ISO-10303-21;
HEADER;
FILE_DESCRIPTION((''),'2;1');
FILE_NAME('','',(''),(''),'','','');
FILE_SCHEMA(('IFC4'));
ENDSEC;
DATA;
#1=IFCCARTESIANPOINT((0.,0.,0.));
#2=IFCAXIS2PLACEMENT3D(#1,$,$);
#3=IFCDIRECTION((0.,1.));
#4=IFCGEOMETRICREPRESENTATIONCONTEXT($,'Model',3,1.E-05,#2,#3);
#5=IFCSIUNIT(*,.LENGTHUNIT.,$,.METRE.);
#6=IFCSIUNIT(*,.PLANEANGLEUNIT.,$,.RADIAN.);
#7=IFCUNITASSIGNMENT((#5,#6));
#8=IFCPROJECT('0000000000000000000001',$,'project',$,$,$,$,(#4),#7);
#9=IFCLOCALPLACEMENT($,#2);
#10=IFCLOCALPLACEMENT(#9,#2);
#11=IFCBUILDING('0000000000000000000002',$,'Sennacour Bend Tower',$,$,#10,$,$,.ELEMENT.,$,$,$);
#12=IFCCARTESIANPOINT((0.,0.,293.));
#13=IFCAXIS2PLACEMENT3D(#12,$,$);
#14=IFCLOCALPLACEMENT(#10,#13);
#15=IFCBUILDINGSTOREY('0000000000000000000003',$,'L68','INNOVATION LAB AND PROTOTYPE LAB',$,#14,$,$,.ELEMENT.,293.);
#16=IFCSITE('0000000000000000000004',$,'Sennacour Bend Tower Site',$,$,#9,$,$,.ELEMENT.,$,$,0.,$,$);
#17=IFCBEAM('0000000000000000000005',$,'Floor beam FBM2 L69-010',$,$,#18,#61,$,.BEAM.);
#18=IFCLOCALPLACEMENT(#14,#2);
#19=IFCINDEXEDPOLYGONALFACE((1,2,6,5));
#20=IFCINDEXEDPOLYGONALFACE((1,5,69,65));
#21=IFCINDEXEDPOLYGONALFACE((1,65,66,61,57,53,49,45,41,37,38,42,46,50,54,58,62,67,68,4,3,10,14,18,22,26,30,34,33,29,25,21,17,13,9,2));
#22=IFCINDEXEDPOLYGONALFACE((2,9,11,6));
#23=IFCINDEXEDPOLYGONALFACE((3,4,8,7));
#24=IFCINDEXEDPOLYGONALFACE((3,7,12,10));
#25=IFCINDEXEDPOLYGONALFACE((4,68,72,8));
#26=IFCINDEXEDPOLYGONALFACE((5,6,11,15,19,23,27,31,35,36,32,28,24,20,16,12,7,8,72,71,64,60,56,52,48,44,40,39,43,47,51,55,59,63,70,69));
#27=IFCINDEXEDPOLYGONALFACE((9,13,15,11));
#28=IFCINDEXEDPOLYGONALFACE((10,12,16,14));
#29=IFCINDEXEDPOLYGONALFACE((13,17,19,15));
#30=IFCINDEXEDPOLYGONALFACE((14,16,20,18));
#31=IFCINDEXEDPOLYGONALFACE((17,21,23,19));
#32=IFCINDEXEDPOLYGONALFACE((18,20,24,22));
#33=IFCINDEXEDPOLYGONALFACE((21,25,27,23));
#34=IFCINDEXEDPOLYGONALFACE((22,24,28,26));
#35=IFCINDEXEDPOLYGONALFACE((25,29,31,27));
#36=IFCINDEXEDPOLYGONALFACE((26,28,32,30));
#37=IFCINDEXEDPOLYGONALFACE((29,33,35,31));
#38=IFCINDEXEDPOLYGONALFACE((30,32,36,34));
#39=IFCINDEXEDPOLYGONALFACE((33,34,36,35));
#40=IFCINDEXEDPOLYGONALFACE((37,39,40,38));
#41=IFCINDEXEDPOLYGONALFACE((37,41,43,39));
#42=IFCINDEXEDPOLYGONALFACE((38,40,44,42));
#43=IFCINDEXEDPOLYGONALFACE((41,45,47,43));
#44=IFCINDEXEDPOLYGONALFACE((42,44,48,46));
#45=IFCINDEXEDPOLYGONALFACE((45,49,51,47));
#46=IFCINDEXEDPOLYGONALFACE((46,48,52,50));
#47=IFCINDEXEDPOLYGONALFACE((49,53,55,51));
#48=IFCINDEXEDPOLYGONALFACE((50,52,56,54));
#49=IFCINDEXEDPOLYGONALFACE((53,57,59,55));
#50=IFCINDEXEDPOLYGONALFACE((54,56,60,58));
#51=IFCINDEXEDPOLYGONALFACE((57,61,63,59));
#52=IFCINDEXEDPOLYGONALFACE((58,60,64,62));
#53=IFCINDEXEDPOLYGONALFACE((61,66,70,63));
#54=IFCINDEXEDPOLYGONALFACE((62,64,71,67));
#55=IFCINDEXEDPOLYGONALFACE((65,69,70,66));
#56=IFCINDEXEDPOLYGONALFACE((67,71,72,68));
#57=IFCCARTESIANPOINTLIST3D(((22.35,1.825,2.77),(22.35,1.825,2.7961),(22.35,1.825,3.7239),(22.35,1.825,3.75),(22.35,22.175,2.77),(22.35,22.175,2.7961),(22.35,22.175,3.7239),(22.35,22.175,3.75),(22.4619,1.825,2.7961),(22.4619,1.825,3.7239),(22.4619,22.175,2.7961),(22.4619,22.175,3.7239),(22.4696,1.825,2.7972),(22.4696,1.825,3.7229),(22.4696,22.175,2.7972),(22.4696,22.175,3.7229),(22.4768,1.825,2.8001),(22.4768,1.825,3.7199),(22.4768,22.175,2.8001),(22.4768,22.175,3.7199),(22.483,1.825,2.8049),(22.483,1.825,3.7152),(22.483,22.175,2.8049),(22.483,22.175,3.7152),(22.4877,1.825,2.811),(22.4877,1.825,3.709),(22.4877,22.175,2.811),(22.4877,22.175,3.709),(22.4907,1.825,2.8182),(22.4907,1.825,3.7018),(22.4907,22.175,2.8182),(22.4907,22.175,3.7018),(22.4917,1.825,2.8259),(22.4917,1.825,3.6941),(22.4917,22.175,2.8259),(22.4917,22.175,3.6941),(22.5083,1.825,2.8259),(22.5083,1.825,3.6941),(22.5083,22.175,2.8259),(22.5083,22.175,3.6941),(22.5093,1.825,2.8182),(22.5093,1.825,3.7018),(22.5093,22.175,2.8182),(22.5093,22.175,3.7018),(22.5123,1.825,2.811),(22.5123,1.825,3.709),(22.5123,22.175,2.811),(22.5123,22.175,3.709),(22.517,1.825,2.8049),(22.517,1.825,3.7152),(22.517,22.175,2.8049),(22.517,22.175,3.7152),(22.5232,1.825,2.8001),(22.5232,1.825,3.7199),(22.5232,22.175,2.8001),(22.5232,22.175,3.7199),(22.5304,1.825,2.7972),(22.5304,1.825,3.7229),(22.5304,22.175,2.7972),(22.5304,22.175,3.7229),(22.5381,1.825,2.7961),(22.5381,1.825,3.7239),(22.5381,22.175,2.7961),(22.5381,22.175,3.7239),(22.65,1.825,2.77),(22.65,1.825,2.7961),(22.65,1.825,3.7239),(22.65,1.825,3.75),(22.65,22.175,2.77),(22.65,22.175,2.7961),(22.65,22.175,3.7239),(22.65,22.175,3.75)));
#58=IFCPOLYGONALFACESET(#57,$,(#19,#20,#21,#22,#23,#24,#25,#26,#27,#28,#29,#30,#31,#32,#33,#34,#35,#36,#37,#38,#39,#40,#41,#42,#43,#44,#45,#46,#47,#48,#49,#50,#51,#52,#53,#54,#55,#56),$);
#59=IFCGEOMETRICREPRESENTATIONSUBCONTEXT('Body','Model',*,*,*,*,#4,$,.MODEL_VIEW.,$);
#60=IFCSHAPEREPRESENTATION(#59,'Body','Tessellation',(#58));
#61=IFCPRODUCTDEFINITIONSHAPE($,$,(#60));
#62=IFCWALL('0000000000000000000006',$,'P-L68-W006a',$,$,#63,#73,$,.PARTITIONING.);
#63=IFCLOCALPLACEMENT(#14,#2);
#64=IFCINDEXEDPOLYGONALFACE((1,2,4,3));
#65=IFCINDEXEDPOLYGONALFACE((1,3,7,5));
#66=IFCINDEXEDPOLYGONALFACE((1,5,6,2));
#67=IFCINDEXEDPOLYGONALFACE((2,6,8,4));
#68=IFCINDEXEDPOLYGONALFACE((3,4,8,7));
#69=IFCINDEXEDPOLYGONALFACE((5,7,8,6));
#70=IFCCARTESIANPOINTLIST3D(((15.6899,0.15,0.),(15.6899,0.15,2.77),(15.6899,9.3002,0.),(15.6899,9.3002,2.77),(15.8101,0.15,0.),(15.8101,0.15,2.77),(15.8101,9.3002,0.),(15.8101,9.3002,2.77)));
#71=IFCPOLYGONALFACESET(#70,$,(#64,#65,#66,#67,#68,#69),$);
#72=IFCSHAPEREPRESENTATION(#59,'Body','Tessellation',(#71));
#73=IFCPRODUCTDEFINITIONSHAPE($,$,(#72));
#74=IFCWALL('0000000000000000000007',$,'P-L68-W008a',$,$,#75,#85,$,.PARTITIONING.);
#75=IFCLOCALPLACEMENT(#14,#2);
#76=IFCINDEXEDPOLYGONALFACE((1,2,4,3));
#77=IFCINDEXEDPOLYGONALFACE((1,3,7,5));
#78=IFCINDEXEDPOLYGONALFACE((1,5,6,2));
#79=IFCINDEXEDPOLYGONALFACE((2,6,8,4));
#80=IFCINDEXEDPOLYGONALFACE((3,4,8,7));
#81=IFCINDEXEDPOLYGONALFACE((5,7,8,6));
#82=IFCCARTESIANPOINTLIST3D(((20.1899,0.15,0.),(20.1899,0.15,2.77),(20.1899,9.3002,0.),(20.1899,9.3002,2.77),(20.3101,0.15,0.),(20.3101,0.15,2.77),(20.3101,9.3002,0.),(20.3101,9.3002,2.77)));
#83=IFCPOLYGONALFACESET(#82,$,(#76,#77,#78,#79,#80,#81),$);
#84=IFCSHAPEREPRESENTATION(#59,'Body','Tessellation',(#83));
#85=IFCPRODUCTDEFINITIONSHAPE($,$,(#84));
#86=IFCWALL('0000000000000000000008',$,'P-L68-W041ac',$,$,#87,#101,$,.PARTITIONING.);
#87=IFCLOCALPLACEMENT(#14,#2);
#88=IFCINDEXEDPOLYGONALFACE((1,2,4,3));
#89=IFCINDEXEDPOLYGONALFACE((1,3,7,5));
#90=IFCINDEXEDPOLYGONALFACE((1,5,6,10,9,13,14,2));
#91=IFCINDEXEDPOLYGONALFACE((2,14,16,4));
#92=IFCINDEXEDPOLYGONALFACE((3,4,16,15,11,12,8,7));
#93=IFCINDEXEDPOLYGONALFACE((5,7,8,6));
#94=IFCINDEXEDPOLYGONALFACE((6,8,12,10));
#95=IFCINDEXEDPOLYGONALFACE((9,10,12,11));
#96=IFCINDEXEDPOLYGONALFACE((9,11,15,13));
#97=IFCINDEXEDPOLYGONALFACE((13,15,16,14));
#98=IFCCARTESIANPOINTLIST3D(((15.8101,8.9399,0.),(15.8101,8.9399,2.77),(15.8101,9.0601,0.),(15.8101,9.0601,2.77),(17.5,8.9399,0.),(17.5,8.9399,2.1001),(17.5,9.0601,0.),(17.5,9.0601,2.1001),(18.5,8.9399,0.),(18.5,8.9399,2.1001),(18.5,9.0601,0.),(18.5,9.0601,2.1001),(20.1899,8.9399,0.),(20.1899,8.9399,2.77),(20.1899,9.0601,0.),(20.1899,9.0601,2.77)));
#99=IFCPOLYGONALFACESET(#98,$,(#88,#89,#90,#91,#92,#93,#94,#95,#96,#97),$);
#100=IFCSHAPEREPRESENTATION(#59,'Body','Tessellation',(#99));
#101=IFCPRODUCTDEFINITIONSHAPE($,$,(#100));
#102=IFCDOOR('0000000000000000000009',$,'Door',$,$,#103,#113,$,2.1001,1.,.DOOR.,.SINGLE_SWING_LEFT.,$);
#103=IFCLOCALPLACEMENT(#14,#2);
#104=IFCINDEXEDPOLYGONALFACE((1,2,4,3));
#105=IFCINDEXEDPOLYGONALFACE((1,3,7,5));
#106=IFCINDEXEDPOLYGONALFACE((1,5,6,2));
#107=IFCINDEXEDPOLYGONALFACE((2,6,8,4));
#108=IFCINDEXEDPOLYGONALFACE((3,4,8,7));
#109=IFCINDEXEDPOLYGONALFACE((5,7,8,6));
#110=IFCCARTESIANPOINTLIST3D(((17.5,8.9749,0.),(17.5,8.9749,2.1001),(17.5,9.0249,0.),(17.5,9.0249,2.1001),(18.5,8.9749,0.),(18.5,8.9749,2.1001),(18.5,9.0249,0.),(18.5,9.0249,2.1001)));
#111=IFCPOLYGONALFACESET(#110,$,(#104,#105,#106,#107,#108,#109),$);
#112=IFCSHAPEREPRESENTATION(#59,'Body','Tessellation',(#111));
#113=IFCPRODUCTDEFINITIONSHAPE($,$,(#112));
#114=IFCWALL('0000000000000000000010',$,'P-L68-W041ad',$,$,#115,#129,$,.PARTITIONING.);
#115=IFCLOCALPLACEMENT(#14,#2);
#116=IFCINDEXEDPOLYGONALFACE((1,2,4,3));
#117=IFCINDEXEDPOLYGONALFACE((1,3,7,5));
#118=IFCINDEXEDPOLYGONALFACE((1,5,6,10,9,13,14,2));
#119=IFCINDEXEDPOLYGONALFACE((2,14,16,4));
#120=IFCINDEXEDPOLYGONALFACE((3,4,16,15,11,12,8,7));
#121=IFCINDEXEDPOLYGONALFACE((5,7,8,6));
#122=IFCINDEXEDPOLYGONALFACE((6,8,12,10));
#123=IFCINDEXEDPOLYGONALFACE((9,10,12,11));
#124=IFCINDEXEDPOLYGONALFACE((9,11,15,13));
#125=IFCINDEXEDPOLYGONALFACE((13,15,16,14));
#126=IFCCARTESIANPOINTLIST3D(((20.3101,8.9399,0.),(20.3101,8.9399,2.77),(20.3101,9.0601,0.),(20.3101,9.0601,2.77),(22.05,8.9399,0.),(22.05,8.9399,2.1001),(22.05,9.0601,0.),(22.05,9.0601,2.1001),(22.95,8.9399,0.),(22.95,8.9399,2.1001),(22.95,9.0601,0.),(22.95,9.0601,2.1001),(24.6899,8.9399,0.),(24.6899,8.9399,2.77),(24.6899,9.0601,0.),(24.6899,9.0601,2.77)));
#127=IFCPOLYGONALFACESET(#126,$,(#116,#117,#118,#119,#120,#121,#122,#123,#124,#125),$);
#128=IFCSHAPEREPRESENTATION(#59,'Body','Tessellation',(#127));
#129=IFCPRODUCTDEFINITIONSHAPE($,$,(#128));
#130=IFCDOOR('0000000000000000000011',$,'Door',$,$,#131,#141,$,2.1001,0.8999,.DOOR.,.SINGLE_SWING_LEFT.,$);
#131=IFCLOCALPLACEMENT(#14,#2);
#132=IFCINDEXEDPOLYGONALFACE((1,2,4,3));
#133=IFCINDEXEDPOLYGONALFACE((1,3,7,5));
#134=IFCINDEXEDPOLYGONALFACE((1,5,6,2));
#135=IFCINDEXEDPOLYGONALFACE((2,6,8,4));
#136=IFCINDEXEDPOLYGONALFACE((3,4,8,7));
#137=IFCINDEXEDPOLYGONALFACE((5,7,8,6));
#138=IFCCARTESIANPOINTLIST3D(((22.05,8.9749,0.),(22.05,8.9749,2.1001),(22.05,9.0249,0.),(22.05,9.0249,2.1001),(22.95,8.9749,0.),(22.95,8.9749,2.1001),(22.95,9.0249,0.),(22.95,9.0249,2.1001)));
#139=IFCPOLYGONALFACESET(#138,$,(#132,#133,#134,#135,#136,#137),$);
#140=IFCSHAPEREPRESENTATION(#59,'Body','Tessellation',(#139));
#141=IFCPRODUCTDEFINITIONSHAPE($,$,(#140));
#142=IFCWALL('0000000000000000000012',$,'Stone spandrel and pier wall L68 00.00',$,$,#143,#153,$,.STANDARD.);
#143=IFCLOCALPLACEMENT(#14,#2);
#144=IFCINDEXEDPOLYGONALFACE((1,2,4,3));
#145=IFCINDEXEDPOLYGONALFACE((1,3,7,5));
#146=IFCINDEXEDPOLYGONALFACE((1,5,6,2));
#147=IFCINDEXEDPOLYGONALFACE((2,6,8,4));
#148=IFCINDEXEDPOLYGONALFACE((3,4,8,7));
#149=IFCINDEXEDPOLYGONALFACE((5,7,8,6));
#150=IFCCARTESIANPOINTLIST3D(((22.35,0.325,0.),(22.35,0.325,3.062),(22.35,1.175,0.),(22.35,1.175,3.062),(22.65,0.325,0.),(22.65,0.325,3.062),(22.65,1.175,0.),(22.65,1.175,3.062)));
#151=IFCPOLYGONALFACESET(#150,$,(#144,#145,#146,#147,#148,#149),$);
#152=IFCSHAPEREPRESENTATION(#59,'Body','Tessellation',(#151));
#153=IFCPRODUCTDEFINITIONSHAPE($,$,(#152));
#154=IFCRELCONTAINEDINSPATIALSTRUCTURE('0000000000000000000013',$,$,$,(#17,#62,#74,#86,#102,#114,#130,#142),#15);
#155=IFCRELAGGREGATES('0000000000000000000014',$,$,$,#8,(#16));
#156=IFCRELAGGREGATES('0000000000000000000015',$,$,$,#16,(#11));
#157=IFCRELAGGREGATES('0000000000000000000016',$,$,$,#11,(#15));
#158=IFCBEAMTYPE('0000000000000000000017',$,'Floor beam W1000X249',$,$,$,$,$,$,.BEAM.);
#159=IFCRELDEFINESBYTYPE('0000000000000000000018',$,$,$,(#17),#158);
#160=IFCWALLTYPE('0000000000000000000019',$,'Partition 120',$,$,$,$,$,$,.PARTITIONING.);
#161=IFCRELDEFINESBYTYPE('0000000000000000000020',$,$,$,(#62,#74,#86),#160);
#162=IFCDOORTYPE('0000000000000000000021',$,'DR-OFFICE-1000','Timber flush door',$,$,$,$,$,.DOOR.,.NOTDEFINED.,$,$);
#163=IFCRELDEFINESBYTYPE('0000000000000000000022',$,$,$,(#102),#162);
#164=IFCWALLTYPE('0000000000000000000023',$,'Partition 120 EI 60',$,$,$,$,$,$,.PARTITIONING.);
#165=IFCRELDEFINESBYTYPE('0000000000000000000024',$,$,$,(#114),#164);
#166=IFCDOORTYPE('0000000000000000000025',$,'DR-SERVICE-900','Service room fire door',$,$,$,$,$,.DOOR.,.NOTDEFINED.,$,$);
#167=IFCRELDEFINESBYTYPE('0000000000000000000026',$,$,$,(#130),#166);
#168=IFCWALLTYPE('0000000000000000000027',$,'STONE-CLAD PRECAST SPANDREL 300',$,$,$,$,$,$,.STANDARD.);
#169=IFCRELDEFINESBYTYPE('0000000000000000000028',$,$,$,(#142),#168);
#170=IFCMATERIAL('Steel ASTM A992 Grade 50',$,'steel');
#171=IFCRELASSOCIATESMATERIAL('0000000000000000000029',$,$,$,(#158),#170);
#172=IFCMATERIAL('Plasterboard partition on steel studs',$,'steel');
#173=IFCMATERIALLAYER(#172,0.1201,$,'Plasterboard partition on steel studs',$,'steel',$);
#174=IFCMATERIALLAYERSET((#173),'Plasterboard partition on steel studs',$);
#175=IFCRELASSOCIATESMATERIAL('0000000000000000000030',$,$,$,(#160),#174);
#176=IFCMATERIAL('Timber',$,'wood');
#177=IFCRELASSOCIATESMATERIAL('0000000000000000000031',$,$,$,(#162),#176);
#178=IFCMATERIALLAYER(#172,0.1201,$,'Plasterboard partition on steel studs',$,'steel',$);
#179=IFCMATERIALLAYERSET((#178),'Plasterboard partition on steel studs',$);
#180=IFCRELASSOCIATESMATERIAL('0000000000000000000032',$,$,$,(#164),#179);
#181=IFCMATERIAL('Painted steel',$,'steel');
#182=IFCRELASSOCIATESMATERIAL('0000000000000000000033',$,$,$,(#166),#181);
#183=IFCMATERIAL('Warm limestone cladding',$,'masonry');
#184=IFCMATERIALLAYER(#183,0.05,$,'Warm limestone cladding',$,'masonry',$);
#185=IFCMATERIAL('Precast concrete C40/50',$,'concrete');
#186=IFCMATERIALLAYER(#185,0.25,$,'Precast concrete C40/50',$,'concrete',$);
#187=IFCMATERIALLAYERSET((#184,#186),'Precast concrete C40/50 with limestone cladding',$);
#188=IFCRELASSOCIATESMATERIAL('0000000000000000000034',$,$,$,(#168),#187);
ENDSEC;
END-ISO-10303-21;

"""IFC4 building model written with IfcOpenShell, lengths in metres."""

from ifc_helpers import new_model, si_unit, direction, frame, frame_2d, origin, origin_2d, place, context, subcontext, project, spatial, rectangle, i_section, extrude, material, layer, layer_set, material_profile, profile_set, type_object, element, fill, save


model = new_model("IFC4")

# Units and contexts
model_context = context("Model", 3, precision=1e-05, world=origin(), true_north=direction((0.0, 1.0)))
body_context = subcontext(model_context, "Body", "Model", "MODEL_VIEW")
ifc_project = project(units=[si_unit("LENGTHUNIT", "METRE"), si_unit("PLANEANGLEUNIT", "RADIAN")], contexts=[model_context])

# Site, building, storey
site_placement = place(None, origin())
site = spatial("IfcSite", under=ifc_project, at=site_placement, Name="Sennacour Bend Tower Site", CompositionType="ELEMENT", RefElevation=0.0)
building_placement = place(site_placement, origin())
building = spatial("IfcBuilding", under=site, at=building_placement, Name="Sennacour Bend Tower", CompositionType="ELEMENT")
storey_placement = place(building_placement, frame((0.0, 0.0, 293.0)))
storey = spatial("IfcBuildingStorey", under=building, at=storey_placement, Name="L68", Description="INNOVATION LAB AND PROTOTYPE LAB", CompositionType="ELEMENT", Elevation=293.0)

# Beam
ifc_material_1 = material(Name="Steel ASTM A992 Grade 50", Category="steel")
ifc_material_profile_1 = material_profile(ifc_material_1, i_section(OverallWidth=0.3, OverallDepth=0.98, WebThickness=0.0166, FlangeThickness=0.0261, FilletRadius=0.0298, at=origin_2d()), Name="Steel ASTM A992 Grade 50", Category="steel")
ifc_profile_set_1 = profile_set([ifc_material_profile_1], Name="Steel ASTM A992 Grade 50")
beam_type = type_object("IfcBeamType", Name="Floor beam W1000X249", PredefinedType="BEAM", material=ifc_profile_set_1)
beam_1_placement = place(storey_placement, frame((22.5, 1.825, 3.26), z_axis=(0.0, 1.0, 0.0), x_axis=(-1.0, 0.0, 0.0)))
element("IfcBeam", 1, at=beam_1_placement, inside=storey, type_object=beam_type, Name="Floor beam FBM2 L69-010", PredefinedType="BEAM", context=body_context, shape_type="SweptSolid", body=[
    extrude(i_section(OverallWidth=0.3, OverallDepth=0.98, WebThickness=0.0166, FlangeThickness=0.0261, FilletRadius=0.0298, at=origin_2d()), origin(), (0.0, 0.0, 1.0), 20.3501),
])

# Walls
ifc_material_2 = material(Name="Plasterboard partition on steel studs", Category="steel")
ifc_layer_1 = layer(ifc_material_2, 0.1201, Name="Plasterboard partition on steel studs", Category="steel")
ifc_layer_set_1 = layer_set([ifc_layer_1], Name="Plasterboard partition on steel studs")
wall_type_1 = type_object("IfcWallType", Name="Partition 120", PredefinedType="PARTITIONING", material=ifc_layer_set_1)
for number, where, z_axis, x_axis, name in (
    (2, (15.75, 0.1499, 0.0), (0.0, 0.0, 1.0), (0.0, 1.0, 0.0), "P-L68-W006a"),
    (3, (20.25, 0.1499, 0.0), (0.0, 0.0, 1.0), (0.0, 1.0, 0.0), "P-L68-W008a"),
):
    element("IfcWall", number, at=place(storey_placement, frame(where, z_axis=z_axis, x_axis=x_axis)), inside=storey, type_object=wall_type_1, Name=name, PredefinedType="PARTITIONING", context=body_context, shape_type="SweptSolid", body=[
        extrude(rectangle(XDim=9.1501, YDim=0.1201, at=frame_2d((4.5752, 0.0))), origin(), (0.0, 0.0, 1.0), 2.77),
    ])

# Walls, openings, doors
wall_1_placement = place(storey_placement, frame((15.8101, 9.0, 0.0), z_axis=(0.0, 0.0, 1.0), x_axis=(1.0, 0.0, 0.0)))
wall_1 = element("IfcWall", 4, at=wall_1_placement, inside=storey, type_object=wall_type_1, Name="P-L68-W041ac", PredefinedType="PARTITIONING", context=body_context, shape_type="SweptSolid", body=[
    extrude(rectangle(XDim=4.3799, YDim=0.1201, at=frame_2d((2.1899, 0.0))), origin(), (0.0, 0.0, 1.0), 2.77),
])
opening_1_placement = place(wall_1_placement, frame((1.6899, 0.0, 0.0)))
opening_1 = element("IfcOpeningElement", 5, at=opening_1_placement, cuts=wall_1, PredefinedType="OPENING", context=body_context, shape_type="SweptSolid", body=[
    extrude(rectangle(XDim=1.0, YDim=2.1001, at=frame_2d((0.5, 1.05))), frame((0.0, 0.0701, 0.0), z_axis=(0.0, -1.0, 0.0), x_axis=(1.0, 0.0, 0.0)), (0.0, 0.0, 1.0), 0.1401),
])
ifc_material_3 = material(Name="Timber", Category="wood")
door_type_1 = type_object("IfcDoorType", Name="DR-OFFICE-1000", Description="Timber flush door", OperationType="NOTDEFINED", PredefinedType="DOOR", material=ifc_material_3)
door_1_placement = place(opening_1_placement, origin())
door_1 = element("IfcDoor", 6, at=door_1_placement, inside=storey, type_object=door_type_1, Name="Door", OperationType="SINGLE_SWING_LEFT", OverallHeight=2.1001, OverallWidth=1.0, PredefinedType="DOOR", context=body_context, shape_type="SweptSolid", body=[
    extrude(rectangle(XDim=1.0, YDim=2.1001, at=frame_2d((0.5, 1.05))), frame((0.0, 0.0249, 0.0), z_axis=(0.0, -1.0, 0.0), x_axis=(1.0, 0.0, 0.0)), (0.0, 0.0, 1.0), 0.05),
])
fill(opening_1, door_1)
ifc_layer_2 = layer(ifc_material_2, 0.1201, Name="Plasterboard partition on steel studs", Category="steel")
ifc_layer_set_2 = layer_set([ifc_layer_2], Name="Plasterboard partition on steel studs")
wall_type_2 = type_object("IfcWallType", Name="Partition 120 EI 60", PredefinedType="PARTITIONING", material=ifc_layer_set_2)
wall_2_placement = place(storey_placement, frame((20.3101, 9.0, 0.0), z_axis=(0.0, 0.0, 1.0), x_axis=(1.0, 0.0, 0.0)))
wall_2 = element("IfcWall", 7, at=wall_2_placement, inside=storey, type_object=wall_type_2, Name="P-L68-W041ad", PredefinedType="PARTITIONING", context=body_context, shape_type="SweptSolid", body=[
    extrude(rectangle(XDim=4.3799, YDim=0.1201, at=frame_2d((2.1899, 0.0))), origin(), (0.0, 0.0, 1.0), 2.77),
])
opening_2_placement = place(wall_2_placement, frame((1.74, 0.0, 0.0)))
opening_2 = element("IfcOpeningElement", 8, at=opening_2_placement, cuts=wall_2, PredefinedType="OPENING", context=body_context, shape_type="SweptSolid", body=[
    extrude(rectangle(XDim=0.8999, YDim=2.1001, at=frame_2d((0.45, 1.05))), frame((0.0, 0.0701, 0.0), z_axis=(0.0, -1.0, 0.0), x_axis=(1.0, 0.0, 0.0)), (0.0, 0.0, 1.0), 0.1401),
])
ifc_material_4 = material(Name="Painted steel", Category="steel")
door_type_2 = type_object("IfcDoorType", Name="DR-SERVICE-900", Description="Service room fire door", OperationType="NOTDEFINED", PredefinedType="DOOR", material=ifc_material_4)
door_2_placement = place(opening_2_placement, origin())
door_2 = element("IfcDoor", 9, at=door_2_placement, inside=storey, type_object=door_type_2, Name="Door", OperationType="SINGLE_SWING_LEFT", OverallHeight=2.1001, OverallWidth=0.8999, PredefinedType="DOOR", context=body_context, shape_type="SweptSolid", body=[
    extrude(rectangle(XDim=0.8999, YDim=2.1001, at=frame_2d((0.45, 1.05))), frame((0.0, 0.0249, 0.0), z_axis=(0.0, -1.0, 0.0), x_axis=(1.0, 0.0, 0.0)), (0.0, 0.0, 1.0), 0.05),
])
fill(opening_2, door_2)

# Wall
ifc_material_5 = material(Name="Warm limestone cladding", Category="masonry")
ifc_layer_3 = layer(ifc_material_5, 0.05, Name="Warm limestone cladding", Category="masonry")
ifc_material_6 = material(Name="Precast concrete C40/50", Category="concrete")
ifc_layer_4 = layer(ifc_material_6, 0.25, Name="Precast concrete C40/50", Category="concrete")
ifc_layer_set_3 = layer_set([ifc_layer_3, ifc_layer_4], Name="Precast concrete C40/50 with limestone cladding")
wall_type_3 = type_object("IfcWallType", Name="STONE-CLAD PRECAST SPANDREL 300", PredefinedType="STANDARD", material=ifc_layer_set_3)
wall_3_placement = place(storey_placement, frame((22.5, 0.325, 0.0), z_axis=(0.0, 0.0, 1.0), x_axis=(0.0, 1.0, 0.0)))
element("IfcWall", 10, at=wall_3_placement, inside=storey, type_object=wall_type_3, Name="Stone spandrel and pier wall L68 00.00", PredefinedType="STANDARD", context=body_context, shape_type="SweptSolid", body=[
    extrude(rectangle(XDim=0.8501, YDim=0.3, at=frame_2d((0.425, 0.0))), origin(), (0.0, 0.0, 1.0), 3.062),
])

save(model, "model.ifc")
